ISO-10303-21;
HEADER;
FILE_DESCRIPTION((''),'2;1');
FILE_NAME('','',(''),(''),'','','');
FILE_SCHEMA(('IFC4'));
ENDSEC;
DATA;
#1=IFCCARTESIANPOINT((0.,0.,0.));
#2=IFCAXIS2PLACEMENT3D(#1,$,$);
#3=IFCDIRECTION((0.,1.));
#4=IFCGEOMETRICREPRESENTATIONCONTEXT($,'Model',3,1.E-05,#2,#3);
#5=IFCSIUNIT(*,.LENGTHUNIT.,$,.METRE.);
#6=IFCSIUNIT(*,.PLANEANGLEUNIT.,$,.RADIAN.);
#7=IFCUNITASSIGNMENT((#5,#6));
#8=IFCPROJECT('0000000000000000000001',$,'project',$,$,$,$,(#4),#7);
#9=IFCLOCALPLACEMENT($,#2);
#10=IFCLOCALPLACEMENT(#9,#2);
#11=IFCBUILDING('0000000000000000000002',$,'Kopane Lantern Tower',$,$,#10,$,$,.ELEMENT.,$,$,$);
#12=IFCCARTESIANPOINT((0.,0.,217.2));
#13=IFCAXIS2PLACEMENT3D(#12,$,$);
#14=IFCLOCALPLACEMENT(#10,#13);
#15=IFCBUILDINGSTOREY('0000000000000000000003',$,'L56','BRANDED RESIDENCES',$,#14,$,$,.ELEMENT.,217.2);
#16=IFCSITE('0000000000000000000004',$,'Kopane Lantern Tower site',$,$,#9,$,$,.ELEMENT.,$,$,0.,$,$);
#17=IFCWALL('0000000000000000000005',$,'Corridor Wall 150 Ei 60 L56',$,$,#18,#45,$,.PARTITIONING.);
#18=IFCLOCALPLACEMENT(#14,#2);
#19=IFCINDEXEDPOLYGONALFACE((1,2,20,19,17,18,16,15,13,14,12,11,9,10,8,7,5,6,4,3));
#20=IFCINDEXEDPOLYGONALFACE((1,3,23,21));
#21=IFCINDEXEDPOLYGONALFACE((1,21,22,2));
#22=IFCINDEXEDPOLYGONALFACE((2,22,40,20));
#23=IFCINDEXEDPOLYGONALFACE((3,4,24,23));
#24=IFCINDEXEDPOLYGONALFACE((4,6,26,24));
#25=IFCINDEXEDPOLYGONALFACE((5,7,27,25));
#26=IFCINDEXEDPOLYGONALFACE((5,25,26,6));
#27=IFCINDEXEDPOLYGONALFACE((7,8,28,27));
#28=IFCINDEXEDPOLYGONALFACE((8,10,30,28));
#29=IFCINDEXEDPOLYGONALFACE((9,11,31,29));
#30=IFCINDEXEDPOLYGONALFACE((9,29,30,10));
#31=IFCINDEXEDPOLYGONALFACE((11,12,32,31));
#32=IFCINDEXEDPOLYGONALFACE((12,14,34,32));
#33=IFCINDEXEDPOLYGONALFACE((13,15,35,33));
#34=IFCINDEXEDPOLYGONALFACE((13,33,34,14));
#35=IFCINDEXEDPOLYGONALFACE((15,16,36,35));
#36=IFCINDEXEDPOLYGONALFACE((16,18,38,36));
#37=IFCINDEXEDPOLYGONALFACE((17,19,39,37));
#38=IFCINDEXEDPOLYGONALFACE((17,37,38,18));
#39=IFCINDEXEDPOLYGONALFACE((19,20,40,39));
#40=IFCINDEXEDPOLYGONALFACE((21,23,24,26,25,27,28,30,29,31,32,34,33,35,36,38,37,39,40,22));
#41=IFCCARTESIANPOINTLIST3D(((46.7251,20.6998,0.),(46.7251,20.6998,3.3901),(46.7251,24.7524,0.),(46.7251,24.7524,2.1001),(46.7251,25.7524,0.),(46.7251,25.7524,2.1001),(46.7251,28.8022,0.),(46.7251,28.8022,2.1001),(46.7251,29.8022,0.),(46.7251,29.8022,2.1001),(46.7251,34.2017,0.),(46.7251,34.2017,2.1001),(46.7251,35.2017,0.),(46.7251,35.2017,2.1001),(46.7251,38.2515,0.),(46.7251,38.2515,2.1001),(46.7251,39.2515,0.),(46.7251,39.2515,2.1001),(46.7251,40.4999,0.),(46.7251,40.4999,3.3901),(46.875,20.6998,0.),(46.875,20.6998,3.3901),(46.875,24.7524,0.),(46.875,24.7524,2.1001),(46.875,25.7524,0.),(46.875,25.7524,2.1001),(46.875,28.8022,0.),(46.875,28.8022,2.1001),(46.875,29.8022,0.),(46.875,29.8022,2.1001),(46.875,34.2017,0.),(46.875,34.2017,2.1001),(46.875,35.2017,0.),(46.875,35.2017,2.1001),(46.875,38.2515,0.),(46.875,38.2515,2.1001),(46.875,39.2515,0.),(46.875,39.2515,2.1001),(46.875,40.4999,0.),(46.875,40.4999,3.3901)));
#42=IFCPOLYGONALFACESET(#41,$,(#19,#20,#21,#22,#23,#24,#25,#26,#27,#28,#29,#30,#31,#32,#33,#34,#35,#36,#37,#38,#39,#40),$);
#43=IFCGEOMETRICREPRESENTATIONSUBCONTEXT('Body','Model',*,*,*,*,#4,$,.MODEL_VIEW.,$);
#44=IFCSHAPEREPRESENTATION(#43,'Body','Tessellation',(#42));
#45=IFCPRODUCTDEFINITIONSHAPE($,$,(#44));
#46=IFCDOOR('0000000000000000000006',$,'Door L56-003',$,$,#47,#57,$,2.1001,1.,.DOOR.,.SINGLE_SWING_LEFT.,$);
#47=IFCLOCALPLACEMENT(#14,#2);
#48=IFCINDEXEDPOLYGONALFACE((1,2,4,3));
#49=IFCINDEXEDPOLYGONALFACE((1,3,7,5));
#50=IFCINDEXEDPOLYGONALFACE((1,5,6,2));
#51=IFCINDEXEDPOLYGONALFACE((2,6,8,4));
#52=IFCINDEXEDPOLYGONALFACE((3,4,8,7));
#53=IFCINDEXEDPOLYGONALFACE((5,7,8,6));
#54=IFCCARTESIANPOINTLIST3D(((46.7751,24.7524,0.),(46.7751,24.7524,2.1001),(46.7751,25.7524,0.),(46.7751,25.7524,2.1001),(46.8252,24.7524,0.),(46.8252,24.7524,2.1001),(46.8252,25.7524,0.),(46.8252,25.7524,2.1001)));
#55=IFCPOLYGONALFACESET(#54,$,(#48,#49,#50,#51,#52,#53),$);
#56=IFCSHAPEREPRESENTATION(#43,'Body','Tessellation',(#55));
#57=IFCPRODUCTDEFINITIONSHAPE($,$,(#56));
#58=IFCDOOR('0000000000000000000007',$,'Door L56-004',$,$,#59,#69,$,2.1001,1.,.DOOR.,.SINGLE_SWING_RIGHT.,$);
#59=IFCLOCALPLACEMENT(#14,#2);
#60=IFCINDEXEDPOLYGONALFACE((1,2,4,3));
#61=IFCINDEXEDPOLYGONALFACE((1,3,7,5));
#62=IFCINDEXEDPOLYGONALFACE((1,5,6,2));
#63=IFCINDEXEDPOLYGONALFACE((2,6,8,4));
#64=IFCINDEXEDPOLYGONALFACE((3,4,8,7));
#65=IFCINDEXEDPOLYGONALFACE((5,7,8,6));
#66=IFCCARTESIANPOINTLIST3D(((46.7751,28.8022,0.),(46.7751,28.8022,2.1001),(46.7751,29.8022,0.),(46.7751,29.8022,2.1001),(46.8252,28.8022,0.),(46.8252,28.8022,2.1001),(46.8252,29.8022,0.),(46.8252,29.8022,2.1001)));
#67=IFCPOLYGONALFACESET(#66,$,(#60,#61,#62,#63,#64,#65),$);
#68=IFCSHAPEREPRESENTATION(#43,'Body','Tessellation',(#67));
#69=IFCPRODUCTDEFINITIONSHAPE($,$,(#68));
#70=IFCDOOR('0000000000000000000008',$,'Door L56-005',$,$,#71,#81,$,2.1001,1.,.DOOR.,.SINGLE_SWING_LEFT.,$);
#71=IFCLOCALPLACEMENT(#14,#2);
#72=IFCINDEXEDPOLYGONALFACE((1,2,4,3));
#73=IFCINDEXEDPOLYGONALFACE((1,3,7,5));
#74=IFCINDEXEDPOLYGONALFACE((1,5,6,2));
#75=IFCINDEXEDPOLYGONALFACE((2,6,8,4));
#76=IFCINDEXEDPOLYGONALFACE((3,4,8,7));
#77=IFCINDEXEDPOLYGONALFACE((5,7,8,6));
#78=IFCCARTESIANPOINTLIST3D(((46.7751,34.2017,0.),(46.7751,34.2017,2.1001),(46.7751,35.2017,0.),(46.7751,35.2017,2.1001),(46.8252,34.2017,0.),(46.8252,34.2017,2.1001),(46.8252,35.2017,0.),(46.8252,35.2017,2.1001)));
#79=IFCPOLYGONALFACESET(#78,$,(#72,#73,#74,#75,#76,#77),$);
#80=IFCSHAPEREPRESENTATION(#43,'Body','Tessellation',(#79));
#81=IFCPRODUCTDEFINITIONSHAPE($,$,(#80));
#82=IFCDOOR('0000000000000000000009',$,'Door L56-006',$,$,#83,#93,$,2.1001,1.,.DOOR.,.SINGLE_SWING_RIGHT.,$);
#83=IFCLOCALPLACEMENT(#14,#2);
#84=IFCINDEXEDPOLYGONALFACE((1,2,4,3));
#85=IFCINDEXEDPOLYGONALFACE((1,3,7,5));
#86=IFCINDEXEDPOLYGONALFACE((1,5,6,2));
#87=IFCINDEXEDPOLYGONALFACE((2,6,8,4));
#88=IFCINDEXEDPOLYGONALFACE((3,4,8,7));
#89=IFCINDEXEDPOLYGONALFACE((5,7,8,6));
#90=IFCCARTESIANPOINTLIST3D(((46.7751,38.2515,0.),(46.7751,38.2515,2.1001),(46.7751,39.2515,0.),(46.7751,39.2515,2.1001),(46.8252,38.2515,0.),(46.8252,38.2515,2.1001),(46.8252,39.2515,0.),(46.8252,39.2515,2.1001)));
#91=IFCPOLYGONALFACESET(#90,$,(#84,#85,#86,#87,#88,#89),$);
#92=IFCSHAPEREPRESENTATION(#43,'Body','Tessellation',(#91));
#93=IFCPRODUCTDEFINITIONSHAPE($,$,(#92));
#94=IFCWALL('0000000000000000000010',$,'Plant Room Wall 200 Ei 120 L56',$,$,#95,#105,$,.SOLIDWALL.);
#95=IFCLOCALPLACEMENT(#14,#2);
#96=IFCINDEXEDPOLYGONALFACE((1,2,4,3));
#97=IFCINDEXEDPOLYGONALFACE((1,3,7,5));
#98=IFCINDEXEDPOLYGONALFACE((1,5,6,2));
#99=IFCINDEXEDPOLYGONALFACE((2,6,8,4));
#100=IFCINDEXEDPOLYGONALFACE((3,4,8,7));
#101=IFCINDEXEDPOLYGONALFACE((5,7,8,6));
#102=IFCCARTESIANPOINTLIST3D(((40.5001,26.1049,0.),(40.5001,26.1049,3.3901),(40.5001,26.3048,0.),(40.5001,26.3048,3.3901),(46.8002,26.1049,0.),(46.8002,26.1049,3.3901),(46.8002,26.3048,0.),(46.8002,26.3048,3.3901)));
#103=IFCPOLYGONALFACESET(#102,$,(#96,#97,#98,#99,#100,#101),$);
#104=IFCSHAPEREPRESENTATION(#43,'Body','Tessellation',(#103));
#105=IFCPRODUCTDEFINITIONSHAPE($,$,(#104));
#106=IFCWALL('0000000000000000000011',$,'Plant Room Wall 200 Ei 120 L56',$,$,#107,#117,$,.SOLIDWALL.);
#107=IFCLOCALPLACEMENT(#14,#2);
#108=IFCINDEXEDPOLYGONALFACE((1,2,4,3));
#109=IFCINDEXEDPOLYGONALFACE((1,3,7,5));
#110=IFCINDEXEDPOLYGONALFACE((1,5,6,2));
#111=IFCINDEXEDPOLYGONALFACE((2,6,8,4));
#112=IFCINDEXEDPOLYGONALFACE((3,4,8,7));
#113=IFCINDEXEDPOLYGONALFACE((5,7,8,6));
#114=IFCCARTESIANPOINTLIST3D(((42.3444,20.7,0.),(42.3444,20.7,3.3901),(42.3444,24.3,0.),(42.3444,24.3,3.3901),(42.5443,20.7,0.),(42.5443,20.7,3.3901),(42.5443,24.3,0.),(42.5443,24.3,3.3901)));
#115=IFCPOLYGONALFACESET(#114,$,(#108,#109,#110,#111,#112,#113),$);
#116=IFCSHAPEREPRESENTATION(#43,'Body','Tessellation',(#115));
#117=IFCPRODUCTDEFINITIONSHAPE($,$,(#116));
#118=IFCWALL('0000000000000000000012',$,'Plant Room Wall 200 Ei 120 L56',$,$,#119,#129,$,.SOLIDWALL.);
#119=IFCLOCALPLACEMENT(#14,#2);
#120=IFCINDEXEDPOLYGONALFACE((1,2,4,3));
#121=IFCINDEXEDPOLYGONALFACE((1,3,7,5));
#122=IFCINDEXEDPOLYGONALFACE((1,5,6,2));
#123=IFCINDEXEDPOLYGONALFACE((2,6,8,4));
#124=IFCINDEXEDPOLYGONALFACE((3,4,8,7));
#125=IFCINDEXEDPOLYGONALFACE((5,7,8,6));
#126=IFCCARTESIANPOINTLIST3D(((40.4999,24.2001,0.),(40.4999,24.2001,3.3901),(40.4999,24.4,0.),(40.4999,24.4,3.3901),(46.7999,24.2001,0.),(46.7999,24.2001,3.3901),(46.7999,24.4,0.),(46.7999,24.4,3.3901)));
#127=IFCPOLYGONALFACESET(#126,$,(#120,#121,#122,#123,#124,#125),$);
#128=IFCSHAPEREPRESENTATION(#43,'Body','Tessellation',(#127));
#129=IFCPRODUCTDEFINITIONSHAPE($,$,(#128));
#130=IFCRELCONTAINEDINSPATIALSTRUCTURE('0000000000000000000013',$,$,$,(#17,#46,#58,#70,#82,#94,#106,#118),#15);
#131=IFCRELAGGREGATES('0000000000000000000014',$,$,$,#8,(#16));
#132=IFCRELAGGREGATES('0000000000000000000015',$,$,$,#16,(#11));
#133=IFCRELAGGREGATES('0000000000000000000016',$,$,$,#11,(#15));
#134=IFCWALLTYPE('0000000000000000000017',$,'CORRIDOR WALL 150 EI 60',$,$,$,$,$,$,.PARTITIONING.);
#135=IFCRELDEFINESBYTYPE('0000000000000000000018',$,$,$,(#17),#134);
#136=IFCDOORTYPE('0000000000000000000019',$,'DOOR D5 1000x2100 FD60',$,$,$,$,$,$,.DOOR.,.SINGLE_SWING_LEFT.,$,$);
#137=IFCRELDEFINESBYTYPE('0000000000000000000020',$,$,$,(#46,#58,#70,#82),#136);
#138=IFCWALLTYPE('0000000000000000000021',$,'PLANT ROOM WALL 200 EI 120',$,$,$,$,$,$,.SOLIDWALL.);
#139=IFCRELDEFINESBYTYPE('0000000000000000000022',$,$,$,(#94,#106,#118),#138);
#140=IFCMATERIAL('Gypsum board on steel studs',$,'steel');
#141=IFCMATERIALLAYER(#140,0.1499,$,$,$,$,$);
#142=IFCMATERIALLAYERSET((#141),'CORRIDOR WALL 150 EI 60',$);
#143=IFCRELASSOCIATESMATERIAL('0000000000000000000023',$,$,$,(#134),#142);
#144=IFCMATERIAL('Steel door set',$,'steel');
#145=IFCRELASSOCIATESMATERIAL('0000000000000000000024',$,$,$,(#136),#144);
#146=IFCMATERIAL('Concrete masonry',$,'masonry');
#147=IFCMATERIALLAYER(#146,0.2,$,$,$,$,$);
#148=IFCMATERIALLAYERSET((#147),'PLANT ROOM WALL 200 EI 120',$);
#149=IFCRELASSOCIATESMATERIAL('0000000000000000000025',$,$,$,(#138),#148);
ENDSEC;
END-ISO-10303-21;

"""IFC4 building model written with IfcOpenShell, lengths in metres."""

from ifc_helpers import new_model, si_unit, direction, frame, frame_2d, origin, place, context, subcontext, project, spatial, rectangle, extrude, material, layer, layer_set, type_object, element, fill, save


model = new_model("IFC4")

# Units and contexts
model_context = context("Model", 3, precision=1e-05, world=origin(), true_north=direction((0.0, 1.0)))
body_context = subcontext(model_context, "Body", "Model", "MODEL_VIEW")
ifc_project = project(units=[si_unit("LENGTHUNIT", "METRE"), si_unit("PLANEANGLEUNIT", "RADIAN")], contexts=[model_context])

# Site, building, storey
site_placement = place(None, origin())
site = spatial("IfcSite", under=ifc_project, at=site_placement, Name="Kopane Lantern Tower site", CompositionType="ELEMENT", RefElevation=0.0)
building_placement = place(site_placement, origin())
building = spatial("IfcBuilding", under=site, at=building_placement, Name="Kopane Lantern Tower", CompositionType="ELEMENT")
storey_placement = place(building_placement, frame((0.0, 0.0, 217.2)))
storey = spatial("IfcBuildingStorey", under=building, at=storey_placement, Name="L56", Description="BRANDED RESIDENCES", CompositionType="ELEMENT", Elevation=217.2)

# Wall, openings, doors
ifc_material_1 = material(Name="Gypsum board on steel studs", Category="steel")
ifc_layer_1 = layer(ifc_material_1, 0.1499)
ifc_layer_set_1 = layer_set([ifc_layer_1], Name="CORRIDOR WALL 150 EI 60")
wall_type_1 = type_object("IfcWallType", Name="CORRIDOR WALL 150 EI 60", PredefinedType="PARTITIONING", material=ifc_layer_set_1)
wall_1_placement = place(storey_placement, frame((46.8, 20.7, 0.0), z_axis=(0.0, 0.0, 1.0), x_axis=(0.0, 1.0, 0.0)))
wall_1 = element("IfcWall", 1, at=wall_1_placement, inside=storey, type_object=wall_type_1, Name="Corridor Wall 150 Ei 60 L56", PredefinedType="PARTITIONING", context=body_context, shape_type="SweptSolid", body=[
    extrude(rectangle(XDim=19.8, YDim=0.1499, at=frame_2d((9.8999, 0.0))), origin(), (0.0, 0.0, 1.0), 3.3901),
])
opening_1_placement = place(wall_1_placement, frame((4.0525, 0.0, 0.0)))
opening_1 = element("IfcOpeningElement", 2, at=opening_1_placement, cuts=wall_1, PredefinedType="OPENING", context=body_context, shape_type="SweptSolid", body=[
    extrude(rectangle(XDim=1.0, YDim=2.1001, at=frame_2d((0.5, 1.05))), frame((0.0, 0.085, 0.0), z_axis=(0.0, -1.0, 0.0), x_axis=(1.0, 0.0, 0.0)), (0.0, 0.0, 1.0), 0.1699),
])
opening_2_placement = place(wall_1_placement, frame((8.1023, 0.0, 0.0)))
opening_2 = element("IfcOpeningElement", 3, at=opening_2_placement, cuts=wall_1, PredefinedType="OPENING", context=body_context, shape_type="SweptSolid", body=[
    extrude(rectangle(XDim=1.0, YDim=2.1001, at=frame_2d((0.5, 1.05))), frame((0.0, 0.085, 0.0), z_axis=(0.0, -1.0, 0.0), x_axis=(1.0, 0.0, 0.0)), (0.0, 0.0, 1.0), 0.1699),
])
opening_3_placement = place(wall_1_placement, frame((13.5017, 0.0, 0.0)))
opening_3 = element("IfcOpeningElement", 4, at=opening_3_placement, cuts=wall_1, PredefinedType="OPENING", context=body_context, shape_type="SweptSolid", body=[
    extrude(rectangle(XDim=1.0, YDim=2.1001, at=frame_2d((0.5, 1.05))), frame((0.0, 0.085, 0.0), z_axis=(0.0, -1.0, 0.0), x_axis=(1.0, 0.0, 0.0)), (0.0, 0.0, 1.0), 0.1699),
])
opening_4_placement = place(wall_1_placement, frame((17.5515, 0.0, 0.0)))
opening_4 = element("IfcOpeningElement", 5, at=opening_4_placement, cuts=wall_1, PredefinedType="OPENING", context=body_context, shape_type="SweptSolid", body=[
    extrude(rectangle(XDim=1.0, YDim=2.1001, at=frame_2d((0.5, 1.05))), frame((0.0, 0.085, 0.0), z_axis=(0.0, -1.0, 0.0), x_axis=(1.0, 0.0, 0.0)), (0.0, 0.0, 1.0), 0.1699),
])
ifc_material_2 = material(Name="Steel door set", Category="steel")
door_type = type_object("IfcDoorType", Name="DOOR D5 1000x2100 FD60", OperationType="SINGLE_SWING_LEFT", PredefinedType="DOOR", material=ifc_material_2)
door_1_placement = place(opening_1_placement, origin())
door_1 = element("IfcDoor", 6, at=door_1_placement, inside=storey, type_object=door_type, Name="Door L56-003", OperationType="SINGLE_SWING_LEFT", OverallHeight=2.1001, OverallWidth=1.0, PredefinedType="DOOR", context=body_context, shape_type="SweptSolid", body=[
    extrude(rectangle(XDim=1.0, YDim=2.1001, at=frame_2d((0.5, 1.05))), frame((0.0, 0.0249, 0.0), z_axis=(0.0, -1.0, 0.0), x_axis=(1.0, 0.0, 0.0)), (0.0, 0.0, 1.0), 0.05),
])
fill(opening_1, door_1)
door_2_placement = place(opening_2_placement, origin())
door_2 = element("IfcDoor", 7, at=door_2_placement, inside=storey, type_object=door_type, Name="Door L56-004", OperationType="SINGLE_SWING_RIGHT", OverallHeight=2.1001, OverallWidth=1.0, PredefinedType="DOOR", context=body_context, shape_type="SweptSolid", body=[
    extrude(rectangle(XDim=1.0, YDim=2.1001, at=frame_2d((0.5, 1.05))), frame((0.0, 0.0249, 0.0), z_axis=(0.0, -1.0, 0.0), x_axis=(1.0, 0.0, 0.0)), (0.0, 0.0, 1.0), 0.05),
])
fill(opening_2, door_2)
door_3_placement = place(opening_3_placement, origin())
door_3 = element("IfcDoor", 8, at=door_3_placement, inside=storey, type_object=door_type, Name="Door L56-005", OperationType="SINGLE_SWING_LEFT", OverallHeight=2.1001, OverallWidth=1.0, PredefinedType="DOOR", context=body_context, shape_type="SweptSolid", body=[
    extrude(rectangle(XDim=1.0, YDim=2.1001, at=frame_2d((0.5, 1.05))), frame((0.0, 0.0249, 0.0), z_axis=(0.0, -1.0, 0.0), x_axis=(1.0, 0.0, 0.0)), (0.0, 0.0, 1.0), 0.05),
])
fill(opening_3, door_3)
door_4_placement = place(opening_4_placement, origin())
door_4 = element("IfcDoor", 9, at=door_4_placement, inside=storey, type_object=door_type, Name="Door L56-006", OperationType="SINGLE_SWING_RIGHT", OverallHeight=2.1001, OverallWidth=1.0, PredefinedType="DOOR", context=body_context, shape_type="SweptSolid", body=[
    extrude(rectangle(XDim=1.0, YDim=2.1001, at=frame_2d((0.5, 1.05))), frame((0.0, 0.0249, 0.0), z_axis=(0.0, -1.0, 0.0), x_axis=(1.0, 0.0, 0.0)), (0.0, 0.0, 1.0), 0.05),
])
fill(opening_4, door_4)

# Walls
ifc_material_3 = material(Name="Concrete masonry", Category="masonry")
ifc_layer_2 = layer(ifc_material_3, 0.2)
ifc_layer_set_2 = layer_set([ifc_layer_2], Name="PLANT ROOM WALL 200 EI 120")
wall_type_2 = type_object("IfcWallType", Name="PLANT ROOM WALL 200 EI 120", PredefinedType="SOLIDWALL", material=ifc_layer_set_2)
wall_2_placement = place(storey_placement, frame((46.8, 26.2048, 0.0), z_axis=(0.0, 0.0, 1.0), x_axis=(-1.0, 0.0, 0.0)))
element("IfcWall", 10, at=wall_2_placement, inside=storey, type_object=wall_type_2, Name="Plant Room Wall 200 Ei 120 L56", PredefinedType="SOLIDWALL", context=body_context, shape_type="SweptSolid", body=[
    extrude(rectangle(XDim=6.3, YDim=0.2, at=frame_2d((3.1499, 0.0))), origin(), (0.0, 0.0, 1.0), 3.3901),
])
wall_3_placement = place(storey_placement, frame((42.4443, 20.7, 0.0), z_axis=(0.0, 0.0, 1.0), x_axis=(0.0, 1.0, 0.0)))
element("IfcWall", 11, at=wall_3_placement, inside=storey, type_object=wall_type_2, Name="Plant Room Wall 200 Ei 120 L56", PredefinedType="SOLIDWALL", context=body_context, shape_type="SweptSolid", body=[
    extrude(rectangle(XDim=3.6001, YDim=0.2, at=frame_2d((1.8, 0.0))), origin(), (0.0, 0.0, 1.0), 3.3901),
])
wall_4_placement = place(storey_placement, frame((40.5, 24.3, 0.0), z_axis=(0.0, 0.0, 1.0), x_axis=(1.0, 0.0, 0.0)))
element("IfcWall", 12, at=wall_4_placement, inside=storey, type_object=wall_type_2, Name="Plant Room Wall 200 Ei 120 L56", PredefinedType="SOLIDWALL", context=body_context, shape_type="SweptSolid", body=[
    extrude(rectangle(XDim=6.3, YDim=0.2, at=frame_2d((3.1499, 0.0))), origin(), (0.0, 0.0, 1.0), 3.3901),
])

save(model, "model.ifc")
